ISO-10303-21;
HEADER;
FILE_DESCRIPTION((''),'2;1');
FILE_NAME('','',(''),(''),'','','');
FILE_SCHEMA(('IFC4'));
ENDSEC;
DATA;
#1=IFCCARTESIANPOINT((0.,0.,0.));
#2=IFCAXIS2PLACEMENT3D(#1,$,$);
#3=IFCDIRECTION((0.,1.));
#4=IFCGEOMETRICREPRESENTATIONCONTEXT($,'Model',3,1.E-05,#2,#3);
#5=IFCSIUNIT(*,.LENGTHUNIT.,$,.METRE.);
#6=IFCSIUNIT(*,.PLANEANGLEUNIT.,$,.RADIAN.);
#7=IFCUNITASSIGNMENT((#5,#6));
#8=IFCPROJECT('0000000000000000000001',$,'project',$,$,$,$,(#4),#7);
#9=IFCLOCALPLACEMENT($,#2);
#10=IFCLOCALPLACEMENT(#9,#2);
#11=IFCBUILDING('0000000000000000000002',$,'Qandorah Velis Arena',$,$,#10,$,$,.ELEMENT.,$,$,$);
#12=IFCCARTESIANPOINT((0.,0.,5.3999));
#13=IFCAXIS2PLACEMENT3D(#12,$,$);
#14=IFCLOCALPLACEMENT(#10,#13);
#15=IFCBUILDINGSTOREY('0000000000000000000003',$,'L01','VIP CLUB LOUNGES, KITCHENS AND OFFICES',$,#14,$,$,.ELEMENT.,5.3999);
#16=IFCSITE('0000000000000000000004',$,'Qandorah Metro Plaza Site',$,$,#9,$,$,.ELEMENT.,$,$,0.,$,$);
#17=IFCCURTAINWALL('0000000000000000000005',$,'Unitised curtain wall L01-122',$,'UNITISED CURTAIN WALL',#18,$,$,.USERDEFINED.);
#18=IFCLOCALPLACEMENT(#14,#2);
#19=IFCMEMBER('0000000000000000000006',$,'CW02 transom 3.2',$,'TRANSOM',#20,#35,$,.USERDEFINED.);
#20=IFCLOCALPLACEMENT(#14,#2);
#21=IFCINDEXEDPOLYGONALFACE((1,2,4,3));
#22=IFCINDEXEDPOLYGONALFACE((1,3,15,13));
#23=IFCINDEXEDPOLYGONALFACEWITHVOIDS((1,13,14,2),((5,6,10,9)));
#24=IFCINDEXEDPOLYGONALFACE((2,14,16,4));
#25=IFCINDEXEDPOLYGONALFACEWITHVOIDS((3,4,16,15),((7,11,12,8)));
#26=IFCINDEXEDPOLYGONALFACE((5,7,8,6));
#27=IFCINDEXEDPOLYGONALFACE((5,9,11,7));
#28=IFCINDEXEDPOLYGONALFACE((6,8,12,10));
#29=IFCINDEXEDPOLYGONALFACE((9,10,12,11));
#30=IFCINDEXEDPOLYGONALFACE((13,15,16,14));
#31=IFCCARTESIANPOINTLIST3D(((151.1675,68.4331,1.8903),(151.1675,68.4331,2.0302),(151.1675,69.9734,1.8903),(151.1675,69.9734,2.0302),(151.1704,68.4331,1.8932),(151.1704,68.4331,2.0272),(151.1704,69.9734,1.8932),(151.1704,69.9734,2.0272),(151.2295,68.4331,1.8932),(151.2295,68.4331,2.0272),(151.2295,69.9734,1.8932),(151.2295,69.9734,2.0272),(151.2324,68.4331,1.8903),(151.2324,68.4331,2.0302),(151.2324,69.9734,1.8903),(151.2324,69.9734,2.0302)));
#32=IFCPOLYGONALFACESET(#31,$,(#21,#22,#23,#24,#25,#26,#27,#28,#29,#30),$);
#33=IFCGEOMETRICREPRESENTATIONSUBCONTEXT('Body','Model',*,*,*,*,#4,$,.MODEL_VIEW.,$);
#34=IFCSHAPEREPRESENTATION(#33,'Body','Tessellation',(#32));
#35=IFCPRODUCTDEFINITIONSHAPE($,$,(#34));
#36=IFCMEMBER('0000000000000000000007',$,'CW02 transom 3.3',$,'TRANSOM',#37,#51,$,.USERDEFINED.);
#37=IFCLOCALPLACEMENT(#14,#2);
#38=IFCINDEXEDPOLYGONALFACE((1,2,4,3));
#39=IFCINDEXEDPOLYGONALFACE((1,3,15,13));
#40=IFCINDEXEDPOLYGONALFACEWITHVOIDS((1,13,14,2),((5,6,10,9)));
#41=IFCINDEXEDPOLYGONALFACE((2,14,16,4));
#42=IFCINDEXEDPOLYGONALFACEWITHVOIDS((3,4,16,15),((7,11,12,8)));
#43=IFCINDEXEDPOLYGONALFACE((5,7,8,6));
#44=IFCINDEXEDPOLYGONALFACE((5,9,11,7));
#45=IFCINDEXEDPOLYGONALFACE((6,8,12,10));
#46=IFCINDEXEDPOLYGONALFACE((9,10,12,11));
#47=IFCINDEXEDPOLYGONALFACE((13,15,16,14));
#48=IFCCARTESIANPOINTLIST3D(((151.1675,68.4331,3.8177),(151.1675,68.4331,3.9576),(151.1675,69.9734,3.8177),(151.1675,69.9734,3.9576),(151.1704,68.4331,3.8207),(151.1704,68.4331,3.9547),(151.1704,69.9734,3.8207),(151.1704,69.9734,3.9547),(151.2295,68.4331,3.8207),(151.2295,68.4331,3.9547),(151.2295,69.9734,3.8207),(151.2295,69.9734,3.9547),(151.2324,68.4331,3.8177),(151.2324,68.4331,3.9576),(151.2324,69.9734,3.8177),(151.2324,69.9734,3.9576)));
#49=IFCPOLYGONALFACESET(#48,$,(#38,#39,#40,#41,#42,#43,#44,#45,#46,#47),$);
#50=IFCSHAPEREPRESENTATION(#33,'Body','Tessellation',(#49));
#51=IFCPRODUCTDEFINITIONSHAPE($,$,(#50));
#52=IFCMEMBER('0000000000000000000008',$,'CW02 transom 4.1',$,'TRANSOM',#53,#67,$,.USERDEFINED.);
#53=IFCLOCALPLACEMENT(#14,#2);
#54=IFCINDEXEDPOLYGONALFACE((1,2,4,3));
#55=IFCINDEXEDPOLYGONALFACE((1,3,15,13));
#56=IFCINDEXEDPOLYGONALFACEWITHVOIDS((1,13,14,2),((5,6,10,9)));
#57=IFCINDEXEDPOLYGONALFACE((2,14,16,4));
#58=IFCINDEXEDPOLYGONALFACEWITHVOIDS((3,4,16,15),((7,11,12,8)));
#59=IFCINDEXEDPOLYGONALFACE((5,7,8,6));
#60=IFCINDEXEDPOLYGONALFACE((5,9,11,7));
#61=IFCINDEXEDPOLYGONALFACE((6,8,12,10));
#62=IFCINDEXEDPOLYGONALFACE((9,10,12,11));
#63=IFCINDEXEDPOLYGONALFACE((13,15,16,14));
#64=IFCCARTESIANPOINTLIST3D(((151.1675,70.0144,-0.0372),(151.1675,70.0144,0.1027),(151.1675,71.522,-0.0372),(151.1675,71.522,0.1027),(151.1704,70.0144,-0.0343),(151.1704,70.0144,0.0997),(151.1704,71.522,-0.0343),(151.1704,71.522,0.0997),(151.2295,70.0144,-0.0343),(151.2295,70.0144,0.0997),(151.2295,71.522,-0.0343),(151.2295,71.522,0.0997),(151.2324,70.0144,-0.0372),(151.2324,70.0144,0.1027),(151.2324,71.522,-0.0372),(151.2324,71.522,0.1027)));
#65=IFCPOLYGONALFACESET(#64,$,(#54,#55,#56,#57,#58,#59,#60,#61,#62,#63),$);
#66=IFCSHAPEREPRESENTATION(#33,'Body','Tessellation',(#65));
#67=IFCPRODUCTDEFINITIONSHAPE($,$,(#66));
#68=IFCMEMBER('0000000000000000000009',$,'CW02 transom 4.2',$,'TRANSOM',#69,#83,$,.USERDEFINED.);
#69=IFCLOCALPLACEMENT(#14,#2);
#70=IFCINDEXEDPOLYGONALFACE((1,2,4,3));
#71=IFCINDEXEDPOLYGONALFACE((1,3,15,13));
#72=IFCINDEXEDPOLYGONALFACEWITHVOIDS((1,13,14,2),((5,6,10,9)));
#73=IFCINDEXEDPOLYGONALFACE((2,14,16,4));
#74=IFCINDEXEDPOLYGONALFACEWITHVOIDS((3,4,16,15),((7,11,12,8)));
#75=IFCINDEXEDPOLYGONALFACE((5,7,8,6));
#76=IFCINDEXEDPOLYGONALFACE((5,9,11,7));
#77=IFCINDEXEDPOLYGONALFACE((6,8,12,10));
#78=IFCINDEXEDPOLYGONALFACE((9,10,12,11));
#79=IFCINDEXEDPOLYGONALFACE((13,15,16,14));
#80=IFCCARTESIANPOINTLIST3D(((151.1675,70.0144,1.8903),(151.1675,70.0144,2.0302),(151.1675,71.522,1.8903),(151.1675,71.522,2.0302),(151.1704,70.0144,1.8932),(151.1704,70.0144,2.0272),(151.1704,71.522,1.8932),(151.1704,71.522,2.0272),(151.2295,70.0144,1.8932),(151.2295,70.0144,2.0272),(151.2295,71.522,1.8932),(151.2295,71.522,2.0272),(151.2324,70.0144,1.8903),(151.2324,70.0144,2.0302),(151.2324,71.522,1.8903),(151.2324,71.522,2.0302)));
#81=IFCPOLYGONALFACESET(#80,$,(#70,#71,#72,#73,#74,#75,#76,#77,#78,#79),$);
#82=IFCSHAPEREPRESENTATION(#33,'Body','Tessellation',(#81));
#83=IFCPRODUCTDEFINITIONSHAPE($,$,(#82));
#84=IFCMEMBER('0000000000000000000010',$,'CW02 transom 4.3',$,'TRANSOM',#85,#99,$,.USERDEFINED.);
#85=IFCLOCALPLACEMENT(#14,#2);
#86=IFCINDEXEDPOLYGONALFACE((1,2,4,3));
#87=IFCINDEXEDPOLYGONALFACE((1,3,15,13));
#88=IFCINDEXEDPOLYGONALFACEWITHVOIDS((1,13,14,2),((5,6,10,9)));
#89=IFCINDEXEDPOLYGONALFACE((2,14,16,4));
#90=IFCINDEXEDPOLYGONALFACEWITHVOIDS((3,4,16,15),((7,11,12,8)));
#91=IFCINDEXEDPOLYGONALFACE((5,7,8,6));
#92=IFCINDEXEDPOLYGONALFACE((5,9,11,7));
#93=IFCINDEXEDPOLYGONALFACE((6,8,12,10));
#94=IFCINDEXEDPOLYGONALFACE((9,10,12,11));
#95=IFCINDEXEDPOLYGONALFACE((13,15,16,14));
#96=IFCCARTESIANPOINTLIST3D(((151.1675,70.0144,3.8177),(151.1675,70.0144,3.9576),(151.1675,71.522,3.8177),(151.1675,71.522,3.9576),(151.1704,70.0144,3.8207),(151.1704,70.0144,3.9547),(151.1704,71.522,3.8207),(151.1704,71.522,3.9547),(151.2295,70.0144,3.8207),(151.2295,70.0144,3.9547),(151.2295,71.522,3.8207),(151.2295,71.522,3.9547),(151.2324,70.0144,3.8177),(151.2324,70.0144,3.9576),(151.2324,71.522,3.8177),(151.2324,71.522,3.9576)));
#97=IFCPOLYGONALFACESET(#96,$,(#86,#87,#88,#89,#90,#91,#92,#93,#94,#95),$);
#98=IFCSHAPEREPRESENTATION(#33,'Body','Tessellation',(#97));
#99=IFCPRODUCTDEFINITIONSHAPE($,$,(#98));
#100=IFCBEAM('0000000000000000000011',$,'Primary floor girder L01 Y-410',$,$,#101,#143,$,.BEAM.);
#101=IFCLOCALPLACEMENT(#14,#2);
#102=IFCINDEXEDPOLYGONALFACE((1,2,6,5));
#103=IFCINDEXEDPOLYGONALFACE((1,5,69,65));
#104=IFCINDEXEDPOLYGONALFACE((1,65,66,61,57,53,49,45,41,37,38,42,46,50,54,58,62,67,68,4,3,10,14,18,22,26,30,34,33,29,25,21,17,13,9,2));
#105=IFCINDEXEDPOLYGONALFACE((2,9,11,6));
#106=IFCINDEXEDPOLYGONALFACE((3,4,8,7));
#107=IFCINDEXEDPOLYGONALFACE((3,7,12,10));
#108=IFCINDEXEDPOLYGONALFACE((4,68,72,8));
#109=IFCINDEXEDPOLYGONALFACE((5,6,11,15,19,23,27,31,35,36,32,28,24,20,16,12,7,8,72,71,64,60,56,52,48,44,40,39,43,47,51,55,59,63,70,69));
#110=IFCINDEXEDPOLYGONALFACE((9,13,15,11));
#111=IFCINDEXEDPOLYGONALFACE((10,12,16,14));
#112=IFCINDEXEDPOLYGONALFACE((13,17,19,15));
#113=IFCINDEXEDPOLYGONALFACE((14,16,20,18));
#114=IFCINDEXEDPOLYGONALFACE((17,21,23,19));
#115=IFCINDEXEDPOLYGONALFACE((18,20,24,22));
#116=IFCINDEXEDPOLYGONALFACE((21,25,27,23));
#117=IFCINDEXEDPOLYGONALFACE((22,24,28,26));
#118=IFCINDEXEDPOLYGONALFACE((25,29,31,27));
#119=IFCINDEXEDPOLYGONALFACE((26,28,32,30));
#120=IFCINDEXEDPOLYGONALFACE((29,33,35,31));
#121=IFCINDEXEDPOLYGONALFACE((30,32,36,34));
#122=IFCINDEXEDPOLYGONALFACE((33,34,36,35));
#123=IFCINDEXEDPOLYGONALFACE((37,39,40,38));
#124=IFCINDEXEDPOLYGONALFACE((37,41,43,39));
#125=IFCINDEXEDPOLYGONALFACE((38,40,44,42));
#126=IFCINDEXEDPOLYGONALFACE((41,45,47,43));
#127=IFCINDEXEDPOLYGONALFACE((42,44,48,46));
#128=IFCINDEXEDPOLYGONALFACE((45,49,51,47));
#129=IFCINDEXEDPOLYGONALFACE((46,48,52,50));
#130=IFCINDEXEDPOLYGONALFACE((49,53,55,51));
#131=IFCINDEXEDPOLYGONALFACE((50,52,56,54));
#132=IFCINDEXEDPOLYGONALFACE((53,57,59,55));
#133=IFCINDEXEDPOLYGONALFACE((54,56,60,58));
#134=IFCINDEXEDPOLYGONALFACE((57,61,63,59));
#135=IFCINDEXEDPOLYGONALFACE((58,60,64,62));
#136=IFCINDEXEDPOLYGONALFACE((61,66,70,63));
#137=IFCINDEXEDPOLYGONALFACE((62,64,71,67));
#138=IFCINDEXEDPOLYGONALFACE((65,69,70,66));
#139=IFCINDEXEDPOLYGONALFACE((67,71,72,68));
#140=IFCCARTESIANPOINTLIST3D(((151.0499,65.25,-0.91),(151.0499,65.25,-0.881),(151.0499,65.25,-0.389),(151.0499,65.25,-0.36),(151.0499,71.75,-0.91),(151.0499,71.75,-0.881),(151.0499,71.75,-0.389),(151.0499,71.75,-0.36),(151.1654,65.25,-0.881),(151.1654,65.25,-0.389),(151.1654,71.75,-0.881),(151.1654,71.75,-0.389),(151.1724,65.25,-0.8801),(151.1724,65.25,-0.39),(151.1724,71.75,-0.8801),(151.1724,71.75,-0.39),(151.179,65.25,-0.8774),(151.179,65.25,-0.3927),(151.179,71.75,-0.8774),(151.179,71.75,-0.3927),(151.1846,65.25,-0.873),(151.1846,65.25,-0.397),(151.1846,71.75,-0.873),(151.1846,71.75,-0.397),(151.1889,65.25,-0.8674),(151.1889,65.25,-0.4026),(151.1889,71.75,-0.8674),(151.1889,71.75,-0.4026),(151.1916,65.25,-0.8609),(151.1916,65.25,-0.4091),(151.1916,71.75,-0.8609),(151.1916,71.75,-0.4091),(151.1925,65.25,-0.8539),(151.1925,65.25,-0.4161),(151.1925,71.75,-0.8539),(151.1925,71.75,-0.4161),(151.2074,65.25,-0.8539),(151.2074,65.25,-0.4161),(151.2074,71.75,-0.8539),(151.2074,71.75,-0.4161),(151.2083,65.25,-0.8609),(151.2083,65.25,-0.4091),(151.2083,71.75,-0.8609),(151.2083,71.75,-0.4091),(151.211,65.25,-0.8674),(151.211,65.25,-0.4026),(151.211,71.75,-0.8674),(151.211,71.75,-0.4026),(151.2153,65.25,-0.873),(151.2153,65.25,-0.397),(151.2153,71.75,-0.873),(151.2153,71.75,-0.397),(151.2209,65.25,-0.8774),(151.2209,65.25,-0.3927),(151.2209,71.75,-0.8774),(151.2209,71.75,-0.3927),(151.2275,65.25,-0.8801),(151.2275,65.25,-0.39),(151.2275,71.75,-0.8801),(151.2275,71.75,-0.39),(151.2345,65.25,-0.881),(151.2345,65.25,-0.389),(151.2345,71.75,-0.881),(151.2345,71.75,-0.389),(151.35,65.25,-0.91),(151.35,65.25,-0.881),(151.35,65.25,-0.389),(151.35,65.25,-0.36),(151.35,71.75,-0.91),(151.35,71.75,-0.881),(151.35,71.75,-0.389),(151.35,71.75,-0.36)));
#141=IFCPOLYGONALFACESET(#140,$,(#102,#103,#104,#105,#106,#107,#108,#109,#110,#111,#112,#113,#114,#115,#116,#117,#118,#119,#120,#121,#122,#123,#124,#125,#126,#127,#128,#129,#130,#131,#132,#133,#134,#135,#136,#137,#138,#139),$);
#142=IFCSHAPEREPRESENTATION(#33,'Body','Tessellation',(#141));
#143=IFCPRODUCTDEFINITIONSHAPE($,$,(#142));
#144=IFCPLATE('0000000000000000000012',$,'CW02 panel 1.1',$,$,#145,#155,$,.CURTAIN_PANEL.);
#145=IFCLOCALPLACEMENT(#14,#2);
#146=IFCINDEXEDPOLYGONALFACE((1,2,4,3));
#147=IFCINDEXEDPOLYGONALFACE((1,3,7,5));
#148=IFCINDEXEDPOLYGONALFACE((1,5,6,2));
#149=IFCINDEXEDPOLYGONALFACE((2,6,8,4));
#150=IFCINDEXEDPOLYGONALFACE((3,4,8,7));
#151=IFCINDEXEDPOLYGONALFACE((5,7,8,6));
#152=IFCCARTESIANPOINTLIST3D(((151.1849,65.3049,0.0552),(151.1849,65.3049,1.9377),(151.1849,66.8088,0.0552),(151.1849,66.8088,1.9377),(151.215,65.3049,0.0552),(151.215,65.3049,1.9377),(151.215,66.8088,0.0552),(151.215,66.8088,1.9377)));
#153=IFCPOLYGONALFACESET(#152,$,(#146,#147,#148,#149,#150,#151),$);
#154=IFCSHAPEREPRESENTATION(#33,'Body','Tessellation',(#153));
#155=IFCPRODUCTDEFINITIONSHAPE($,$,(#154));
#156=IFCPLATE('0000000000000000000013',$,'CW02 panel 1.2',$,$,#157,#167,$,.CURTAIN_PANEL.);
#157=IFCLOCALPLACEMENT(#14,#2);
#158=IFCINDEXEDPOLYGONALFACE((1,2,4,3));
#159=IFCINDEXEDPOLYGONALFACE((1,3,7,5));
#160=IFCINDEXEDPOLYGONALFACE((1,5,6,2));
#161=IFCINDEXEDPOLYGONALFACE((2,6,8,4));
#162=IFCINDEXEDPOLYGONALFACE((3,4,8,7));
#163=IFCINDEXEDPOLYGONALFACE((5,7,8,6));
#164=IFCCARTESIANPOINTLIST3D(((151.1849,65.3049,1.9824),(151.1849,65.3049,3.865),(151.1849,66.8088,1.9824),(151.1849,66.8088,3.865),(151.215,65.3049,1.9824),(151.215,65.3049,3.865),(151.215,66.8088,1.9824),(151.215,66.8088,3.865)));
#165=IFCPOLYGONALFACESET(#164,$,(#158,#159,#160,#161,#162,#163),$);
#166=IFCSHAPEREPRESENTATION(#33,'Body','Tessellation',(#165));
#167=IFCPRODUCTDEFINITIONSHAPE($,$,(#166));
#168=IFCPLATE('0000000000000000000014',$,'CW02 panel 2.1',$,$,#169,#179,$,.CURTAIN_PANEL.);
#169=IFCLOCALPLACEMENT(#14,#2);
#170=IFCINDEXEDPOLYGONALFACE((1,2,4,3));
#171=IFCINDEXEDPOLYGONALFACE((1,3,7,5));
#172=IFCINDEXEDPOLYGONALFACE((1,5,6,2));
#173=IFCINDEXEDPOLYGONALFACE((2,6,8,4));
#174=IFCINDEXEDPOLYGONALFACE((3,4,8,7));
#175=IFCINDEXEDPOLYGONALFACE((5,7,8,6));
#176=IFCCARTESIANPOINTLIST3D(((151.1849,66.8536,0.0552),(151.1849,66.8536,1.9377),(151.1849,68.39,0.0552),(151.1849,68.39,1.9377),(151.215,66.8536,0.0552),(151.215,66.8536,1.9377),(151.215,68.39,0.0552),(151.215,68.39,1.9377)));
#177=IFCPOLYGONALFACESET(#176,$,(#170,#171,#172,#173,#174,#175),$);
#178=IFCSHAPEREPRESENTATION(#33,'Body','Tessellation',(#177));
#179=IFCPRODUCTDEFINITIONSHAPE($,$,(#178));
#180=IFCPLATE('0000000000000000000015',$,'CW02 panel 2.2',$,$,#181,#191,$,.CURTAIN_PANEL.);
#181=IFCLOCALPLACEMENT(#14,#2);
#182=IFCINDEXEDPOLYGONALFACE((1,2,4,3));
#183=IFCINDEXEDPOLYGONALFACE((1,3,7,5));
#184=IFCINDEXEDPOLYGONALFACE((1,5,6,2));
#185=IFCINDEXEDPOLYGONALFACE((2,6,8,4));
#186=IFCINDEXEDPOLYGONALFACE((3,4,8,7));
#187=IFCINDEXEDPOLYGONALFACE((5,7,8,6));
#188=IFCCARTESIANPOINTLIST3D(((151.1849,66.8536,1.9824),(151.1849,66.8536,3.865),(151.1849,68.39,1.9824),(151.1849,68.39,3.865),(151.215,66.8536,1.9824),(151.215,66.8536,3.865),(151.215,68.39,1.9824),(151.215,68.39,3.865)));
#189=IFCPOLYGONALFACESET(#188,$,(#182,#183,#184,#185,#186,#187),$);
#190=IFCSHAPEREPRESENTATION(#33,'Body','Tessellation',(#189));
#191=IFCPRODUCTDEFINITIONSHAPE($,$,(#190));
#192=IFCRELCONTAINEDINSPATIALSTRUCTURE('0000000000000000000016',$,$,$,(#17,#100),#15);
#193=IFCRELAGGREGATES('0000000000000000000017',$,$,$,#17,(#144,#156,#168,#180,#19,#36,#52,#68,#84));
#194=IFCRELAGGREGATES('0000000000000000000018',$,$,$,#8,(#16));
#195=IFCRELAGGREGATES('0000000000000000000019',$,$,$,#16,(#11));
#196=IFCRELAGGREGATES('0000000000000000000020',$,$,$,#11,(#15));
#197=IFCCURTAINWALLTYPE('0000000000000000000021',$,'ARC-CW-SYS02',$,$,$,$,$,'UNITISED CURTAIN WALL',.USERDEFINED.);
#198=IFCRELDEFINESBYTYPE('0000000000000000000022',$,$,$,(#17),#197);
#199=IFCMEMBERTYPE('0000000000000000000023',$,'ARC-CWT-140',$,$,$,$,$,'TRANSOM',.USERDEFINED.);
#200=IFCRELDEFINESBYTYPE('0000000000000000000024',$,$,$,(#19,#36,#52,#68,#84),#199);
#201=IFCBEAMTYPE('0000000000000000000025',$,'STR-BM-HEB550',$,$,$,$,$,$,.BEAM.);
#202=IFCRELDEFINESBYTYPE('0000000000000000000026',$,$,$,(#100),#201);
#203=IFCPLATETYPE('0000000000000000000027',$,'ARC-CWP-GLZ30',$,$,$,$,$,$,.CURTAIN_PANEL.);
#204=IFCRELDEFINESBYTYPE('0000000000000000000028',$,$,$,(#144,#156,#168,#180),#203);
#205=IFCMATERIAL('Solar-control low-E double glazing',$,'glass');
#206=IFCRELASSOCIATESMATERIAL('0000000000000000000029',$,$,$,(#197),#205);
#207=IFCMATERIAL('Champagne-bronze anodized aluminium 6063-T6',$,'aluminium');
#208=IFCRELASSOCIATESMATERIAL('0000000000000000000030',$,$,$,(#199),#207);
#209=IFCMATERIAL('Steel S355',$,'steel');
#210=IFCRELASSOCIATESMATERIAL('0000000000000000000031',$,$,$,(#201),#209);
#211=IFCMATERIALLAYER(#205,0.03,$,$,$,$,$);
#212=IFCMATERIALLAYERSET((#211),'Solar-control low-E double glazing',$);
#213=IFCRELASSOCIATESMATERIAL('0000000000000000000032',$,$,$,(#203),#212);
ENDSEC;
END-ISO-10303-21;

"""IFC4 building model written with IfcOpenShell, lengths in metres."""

from ifc_helpers import new_model, si_unit, direction, frame, origin, origin_2d, place, context, subcontext, project, spatial, rectangle, hollow_rectangle, i_section, extrude, material, layer, layer_set, material_profile, profile_set, type_object, element, aggregate, save


model = new_model("IFC4")

# Units and contexts
model_context = context("Model", 3, precision=1e-05, world=origin(), true_north=direction((0.0, 1.0)))
body_context = subcontext(model_context, "Body", "Model", "MODEL_VIEW")
ifc_project = project(units=[si_unit("LENGTHUNIT", "METRE"), si_unit("PLANEANGLEUNIT", "RADIAN")], contexts=[model_context])

# Site, building, storey
site_placement = place(None, origin())
site = spatial("IfcSite", under=ifc_project, at=site_placement, Name="Qandorah Metro Plaza Site", CompositionType="ELEMENT", RefElevation=0.0)
building_placement = place(site_placement, origin())
building = spatial("IfcBuilding", under=site, at=building_placement, Name="Qandorah Velis Arena", CompositionType="ELEMENT")
storey_placement = place(building_placement, frame((0.0, 0.0, 5.3999)))
storey = spatial("IfcBuildingStorey", under=building, at=storey_placement, Name="L01", Description="VIP CLUB LOUNGES, KITCHENS AND OFFICES", CompositionType="ELEMENT", Elevation=5.3999)

# Curtain wall, members
ifc_material_1 = material(Name="Solar-control low-E double glazing", Category="glass")
curtain_wall_type = type_object("IfcCurtainWallType", Name="ARC-CW-SYS02", ElementType="UNITISED CURTAIN WALL", PredefinedType="USERDEFINED", material=ifc_material_1)
curtain_wall_placement = place(storey_placement, origin())
curtain_wall = element("IfcCurtainWall", 1, at=curtain_wall_placement, inside=storey, type_object=curtain_wall_type, Name="Unitised curtain wall L01-122", ObjectType="UNITISED CURTAIN WALL", PredefinedType="USERDEFINED")
ifc_material_2 = material(Name="Champagne-bronze anodized aluminium 6063-T6", Category="aluminium")
ifc_material_profile_1 = material_profile(ifc_material_2, hollow_rectangle(XDim=0.0649, YDim=0.1399, WallThickness=0.0029, at=origin_2d()), Name="ALU TRANSOM 65x140")
ifc_profile_set_1 = profile_set([ifc_material_profile_1], Name="Champagne-bronze anodized aluminium 6063-T6")
member_type_1 = type_object("IfcMemberType", Name="ARC-CWT-140", ElementType="TRANSOM", PredefinedType="USERDEFINED", material=ifc_profile_set_1)
member_1_placement = place(storey_placement, frame((151.2, 68.4331, 1.9602), z_axis=(0.0, 1.0, 0.0), x_axis=(-1.0, 0.0, 0.0)))
member_1 = element("IfcMember", 2, at=member_1_placement, type_object=member_type_1, Name="CW02 transom 3.2", ObjectType="TRANSOM", PredefinedType="USERDEFINED", context=body_context, shape_type="SweptSolid", body=[
    extrude(hollow_rectangle(XDim=0.0649, YDim=0.1399, WallThickness=0.0029, at=origin_2d()), origin(), (0.0, 0.0, 1.0), 1.5403),
])
member_2_placement = place(storey_placement, frame((151.2, 68.4331, 3.8877), z_axis=(0.0, 1.0, 0.0), x_axis=(-1.0, 0.0, 0.0)))
member_2 = element("IfcMember", 3, at=member_2_placement, type_object=member_type_1, Name="CW02 transom 3.3", ObjectType="TRANSOM", PredefinedType="USERDEFINED", context=body_context, shape_type="SweptSolid", body=[
    extrude(hollow_rectangle(XDim=0.0649, YDim=0.1399, WallThickness=0.0029, at=origin_2d()), origin(), (0.0, 0.0, 1.0), 1.5403),
])
member_3_placement = place(storey_placement, frame((151.2, 70.0144, 0.0327), z_axis=(0.0, 1.0, 0.0), x_axis=(-1.0, 0.0, 0.0)))
member_3 = element("IfcMember", 4, at=member_3_placement, type_object=member_type_1, Name="CW02 transom 4.1", ObjectType="TRANSOM", PredefinedType="USERDEFINED", context=body_context, shape_type="SweptSolid", body=[
    extrude(hollow_rectangle(XDim=0.0649, YDim=0.1399, WallThickness=0.0029, at=origin_2d()), origin(), (0.0, 0.0, 1.0), 1.5076),
])
member_4_placement = place(storey_placement, frame((151.2, 70.0144, 1.9602), z_axis=(0.0, 1.0, 0.0), x_axis=(-1.0, 0.0, 0.0)))
member_4 = element("IfcMember", 5, at=member_4_placement, type_object=member_type_1, Name="CW02 transom 4.2", ObjectType="TRANSOM", PredefinedType="USERDEFINED", context=body_context, shape_type="SweptSolid", body=[
    extrude(hollow_rectangle(XDim=0.0649, YDim=0.1399, WallThickness=0.0029, at=origin_2d()), origin(), (0.0, 0.0, 1.0), 1.5076),
])
member_5_placement = place(storey_placement, frame((151.2, 70.0144, 3.8877), z_axis=(0.0, 1.0, 0.0), x_axis=(-1.0, 0.0, 0.0)))
member_5 = element("IfcMember", 6, at=member_5_placement, type_object=member_type_1, Name="CW02 transom 4.3", ObjectType="TRANSOM", PredefinedType="USERDEFINED", context=body_context, shape_type="SweptSolid", body=[
    extrude(hollow_rectangle(XDim=0.0649, YDim=0.1399, WallThickness=0.0029, at=origin_2d()), origin(), (0.0, 0.0, 1.0), 1.5076),
])

# Beam
ifc_material_3 = material(Name="Steel S355", Category="steel")
ifc_material_profile_2 = material_profile(ifc_material_3, i_section(OverallWidth=0.3, OverallDepth=0.55, WebThickness=0.0149, FlangeThickness=0.0291, FilletRadius=0.0271, at=origin_2d()), Name="HEB 550")
ifc_profile_set_2 = profile_set([ifc_material_profile_2], Name="Steel S355")
beam_type = type_object("IfcBeamType", Name="STR-BM-HEB550", PredefinedType="BEAM", material=ifc_profile_set_2)
beam_placement = place(storey_placement, frame((151.2, 65.25, -0.635), z_axis=(0.0, 1.0, 0.0), x_axis=(-1.0, 0.0, 0.0)))
element("IfcBeam", 7, at=beam_placement, inside=storey, type_object=beam_type, Name="Primary floor girder L01 Y-410", PredefinedType="BEAM", context=body_context, shape_type="SweptSolid", body=[
    extrude(i_section(OverallWidth=0.3, OverallDepth=0.55, WebThickness=0.0149, FlangeThickness=0.0291, FilletRadius=0.0271, at=origin_2d()), origin(), (0.0, 0.0, 1.0), 6.5),
])

# Plates
ifc_layer = layer(ifc_material_1, 0.03)
ifc_layer_set = layer_set([ifc_layer], Name="Solar-control low-E double glazing")
plate_type = type_object("IfcPlateType", Name="ARC-CWP-GLZ30", PredefinedType="CURTAIN_PANEL", material=ifc_layer_set)
plate_1_placement = place(storey_placement, frame((151.2, 66.0569, 0.0552), z_axis=(0.0, 0.0, 1.0), x_axis=(0.0, 1.0, 0.0)))
plate_1 = element("IfcPlate", 8, at=plate_1_placement, type_object=plate_type, Name="CW02 panel 1.1", PredefinedType="CURTAIN_PANEL", context=body_context, shape_type="SweptSolid", body=[
    extrude(rectangle(XDim=1.5039, YDim=0.03, at=origin_2d()), origin(), (0.0, 0.0, 1.0), 1.8826),
])
plate_2_placement = place(storey_placement, frame((151.2, 66.0569, 1.9824), z_axis=(0.0, 0.0, 1.0), x_axis=(0.0, 1.0, 0.0)))
plate_2 = element("IfcPlate", 9, at=plate_2_placement, type_object=plate_type, Name="CW02 panel 1.2", PredefinedType="CURTAIN_PANEL", context=body_context, shape_type="SweptSolid", body=[
    extrude(rectangle(XDim=1.5039, YDim=0.03, at=origin_2d()), origin(), (0.0, 0.0, 1.0), 1.8826),
])
plate_3_placement = place(storey_placement, frame((151.2, 67.6218, 0.0552), z_axis=(0.0, 0.0, 1.0), x_axis=(0.0, 1.0, 0.0)))
plate_3 = element("IfcPlate", 10, at=plate_3_placement, type_object=plate_type, Name="CW02 panel 2.1", PredefinedType="CURTAIN_PANEL", context=body_context, shape_type="SweptSolid", body=[
    extrude(rectangle(XDim=1.5364, YDim=0.03, at=origin_2d()), origin(), (0.0, 0.0, 1.0), 1.8826),
])
plate_4_placement = place(storey_placement, frame((151.2, 67.6218, 1.9824), z_axis=(0.0, 0.0, 1.0), x_axis=(0.0, 1.0, 0.0)))
plate_4 = element("IfcPlate", 11, at=plate_4_placement, type_object=plate_type, Name="CW02 panel 2.2", PredefinedType="CURTAIN_PANEL", context=body_context, shape_type="SweptSolid", body=[
    extrude(rectangle(XDim=1.5364, YDim=0.03, at=origin_2d()), origin(), (0.0, 0.0, 1.0), 1.8826),
])
aggregate(curtain_wall, [plate_1, plate_2, plate_3, plate_4, member_1, member_2, member_3, member_4, member_5])

save(model, "model.ifc")
